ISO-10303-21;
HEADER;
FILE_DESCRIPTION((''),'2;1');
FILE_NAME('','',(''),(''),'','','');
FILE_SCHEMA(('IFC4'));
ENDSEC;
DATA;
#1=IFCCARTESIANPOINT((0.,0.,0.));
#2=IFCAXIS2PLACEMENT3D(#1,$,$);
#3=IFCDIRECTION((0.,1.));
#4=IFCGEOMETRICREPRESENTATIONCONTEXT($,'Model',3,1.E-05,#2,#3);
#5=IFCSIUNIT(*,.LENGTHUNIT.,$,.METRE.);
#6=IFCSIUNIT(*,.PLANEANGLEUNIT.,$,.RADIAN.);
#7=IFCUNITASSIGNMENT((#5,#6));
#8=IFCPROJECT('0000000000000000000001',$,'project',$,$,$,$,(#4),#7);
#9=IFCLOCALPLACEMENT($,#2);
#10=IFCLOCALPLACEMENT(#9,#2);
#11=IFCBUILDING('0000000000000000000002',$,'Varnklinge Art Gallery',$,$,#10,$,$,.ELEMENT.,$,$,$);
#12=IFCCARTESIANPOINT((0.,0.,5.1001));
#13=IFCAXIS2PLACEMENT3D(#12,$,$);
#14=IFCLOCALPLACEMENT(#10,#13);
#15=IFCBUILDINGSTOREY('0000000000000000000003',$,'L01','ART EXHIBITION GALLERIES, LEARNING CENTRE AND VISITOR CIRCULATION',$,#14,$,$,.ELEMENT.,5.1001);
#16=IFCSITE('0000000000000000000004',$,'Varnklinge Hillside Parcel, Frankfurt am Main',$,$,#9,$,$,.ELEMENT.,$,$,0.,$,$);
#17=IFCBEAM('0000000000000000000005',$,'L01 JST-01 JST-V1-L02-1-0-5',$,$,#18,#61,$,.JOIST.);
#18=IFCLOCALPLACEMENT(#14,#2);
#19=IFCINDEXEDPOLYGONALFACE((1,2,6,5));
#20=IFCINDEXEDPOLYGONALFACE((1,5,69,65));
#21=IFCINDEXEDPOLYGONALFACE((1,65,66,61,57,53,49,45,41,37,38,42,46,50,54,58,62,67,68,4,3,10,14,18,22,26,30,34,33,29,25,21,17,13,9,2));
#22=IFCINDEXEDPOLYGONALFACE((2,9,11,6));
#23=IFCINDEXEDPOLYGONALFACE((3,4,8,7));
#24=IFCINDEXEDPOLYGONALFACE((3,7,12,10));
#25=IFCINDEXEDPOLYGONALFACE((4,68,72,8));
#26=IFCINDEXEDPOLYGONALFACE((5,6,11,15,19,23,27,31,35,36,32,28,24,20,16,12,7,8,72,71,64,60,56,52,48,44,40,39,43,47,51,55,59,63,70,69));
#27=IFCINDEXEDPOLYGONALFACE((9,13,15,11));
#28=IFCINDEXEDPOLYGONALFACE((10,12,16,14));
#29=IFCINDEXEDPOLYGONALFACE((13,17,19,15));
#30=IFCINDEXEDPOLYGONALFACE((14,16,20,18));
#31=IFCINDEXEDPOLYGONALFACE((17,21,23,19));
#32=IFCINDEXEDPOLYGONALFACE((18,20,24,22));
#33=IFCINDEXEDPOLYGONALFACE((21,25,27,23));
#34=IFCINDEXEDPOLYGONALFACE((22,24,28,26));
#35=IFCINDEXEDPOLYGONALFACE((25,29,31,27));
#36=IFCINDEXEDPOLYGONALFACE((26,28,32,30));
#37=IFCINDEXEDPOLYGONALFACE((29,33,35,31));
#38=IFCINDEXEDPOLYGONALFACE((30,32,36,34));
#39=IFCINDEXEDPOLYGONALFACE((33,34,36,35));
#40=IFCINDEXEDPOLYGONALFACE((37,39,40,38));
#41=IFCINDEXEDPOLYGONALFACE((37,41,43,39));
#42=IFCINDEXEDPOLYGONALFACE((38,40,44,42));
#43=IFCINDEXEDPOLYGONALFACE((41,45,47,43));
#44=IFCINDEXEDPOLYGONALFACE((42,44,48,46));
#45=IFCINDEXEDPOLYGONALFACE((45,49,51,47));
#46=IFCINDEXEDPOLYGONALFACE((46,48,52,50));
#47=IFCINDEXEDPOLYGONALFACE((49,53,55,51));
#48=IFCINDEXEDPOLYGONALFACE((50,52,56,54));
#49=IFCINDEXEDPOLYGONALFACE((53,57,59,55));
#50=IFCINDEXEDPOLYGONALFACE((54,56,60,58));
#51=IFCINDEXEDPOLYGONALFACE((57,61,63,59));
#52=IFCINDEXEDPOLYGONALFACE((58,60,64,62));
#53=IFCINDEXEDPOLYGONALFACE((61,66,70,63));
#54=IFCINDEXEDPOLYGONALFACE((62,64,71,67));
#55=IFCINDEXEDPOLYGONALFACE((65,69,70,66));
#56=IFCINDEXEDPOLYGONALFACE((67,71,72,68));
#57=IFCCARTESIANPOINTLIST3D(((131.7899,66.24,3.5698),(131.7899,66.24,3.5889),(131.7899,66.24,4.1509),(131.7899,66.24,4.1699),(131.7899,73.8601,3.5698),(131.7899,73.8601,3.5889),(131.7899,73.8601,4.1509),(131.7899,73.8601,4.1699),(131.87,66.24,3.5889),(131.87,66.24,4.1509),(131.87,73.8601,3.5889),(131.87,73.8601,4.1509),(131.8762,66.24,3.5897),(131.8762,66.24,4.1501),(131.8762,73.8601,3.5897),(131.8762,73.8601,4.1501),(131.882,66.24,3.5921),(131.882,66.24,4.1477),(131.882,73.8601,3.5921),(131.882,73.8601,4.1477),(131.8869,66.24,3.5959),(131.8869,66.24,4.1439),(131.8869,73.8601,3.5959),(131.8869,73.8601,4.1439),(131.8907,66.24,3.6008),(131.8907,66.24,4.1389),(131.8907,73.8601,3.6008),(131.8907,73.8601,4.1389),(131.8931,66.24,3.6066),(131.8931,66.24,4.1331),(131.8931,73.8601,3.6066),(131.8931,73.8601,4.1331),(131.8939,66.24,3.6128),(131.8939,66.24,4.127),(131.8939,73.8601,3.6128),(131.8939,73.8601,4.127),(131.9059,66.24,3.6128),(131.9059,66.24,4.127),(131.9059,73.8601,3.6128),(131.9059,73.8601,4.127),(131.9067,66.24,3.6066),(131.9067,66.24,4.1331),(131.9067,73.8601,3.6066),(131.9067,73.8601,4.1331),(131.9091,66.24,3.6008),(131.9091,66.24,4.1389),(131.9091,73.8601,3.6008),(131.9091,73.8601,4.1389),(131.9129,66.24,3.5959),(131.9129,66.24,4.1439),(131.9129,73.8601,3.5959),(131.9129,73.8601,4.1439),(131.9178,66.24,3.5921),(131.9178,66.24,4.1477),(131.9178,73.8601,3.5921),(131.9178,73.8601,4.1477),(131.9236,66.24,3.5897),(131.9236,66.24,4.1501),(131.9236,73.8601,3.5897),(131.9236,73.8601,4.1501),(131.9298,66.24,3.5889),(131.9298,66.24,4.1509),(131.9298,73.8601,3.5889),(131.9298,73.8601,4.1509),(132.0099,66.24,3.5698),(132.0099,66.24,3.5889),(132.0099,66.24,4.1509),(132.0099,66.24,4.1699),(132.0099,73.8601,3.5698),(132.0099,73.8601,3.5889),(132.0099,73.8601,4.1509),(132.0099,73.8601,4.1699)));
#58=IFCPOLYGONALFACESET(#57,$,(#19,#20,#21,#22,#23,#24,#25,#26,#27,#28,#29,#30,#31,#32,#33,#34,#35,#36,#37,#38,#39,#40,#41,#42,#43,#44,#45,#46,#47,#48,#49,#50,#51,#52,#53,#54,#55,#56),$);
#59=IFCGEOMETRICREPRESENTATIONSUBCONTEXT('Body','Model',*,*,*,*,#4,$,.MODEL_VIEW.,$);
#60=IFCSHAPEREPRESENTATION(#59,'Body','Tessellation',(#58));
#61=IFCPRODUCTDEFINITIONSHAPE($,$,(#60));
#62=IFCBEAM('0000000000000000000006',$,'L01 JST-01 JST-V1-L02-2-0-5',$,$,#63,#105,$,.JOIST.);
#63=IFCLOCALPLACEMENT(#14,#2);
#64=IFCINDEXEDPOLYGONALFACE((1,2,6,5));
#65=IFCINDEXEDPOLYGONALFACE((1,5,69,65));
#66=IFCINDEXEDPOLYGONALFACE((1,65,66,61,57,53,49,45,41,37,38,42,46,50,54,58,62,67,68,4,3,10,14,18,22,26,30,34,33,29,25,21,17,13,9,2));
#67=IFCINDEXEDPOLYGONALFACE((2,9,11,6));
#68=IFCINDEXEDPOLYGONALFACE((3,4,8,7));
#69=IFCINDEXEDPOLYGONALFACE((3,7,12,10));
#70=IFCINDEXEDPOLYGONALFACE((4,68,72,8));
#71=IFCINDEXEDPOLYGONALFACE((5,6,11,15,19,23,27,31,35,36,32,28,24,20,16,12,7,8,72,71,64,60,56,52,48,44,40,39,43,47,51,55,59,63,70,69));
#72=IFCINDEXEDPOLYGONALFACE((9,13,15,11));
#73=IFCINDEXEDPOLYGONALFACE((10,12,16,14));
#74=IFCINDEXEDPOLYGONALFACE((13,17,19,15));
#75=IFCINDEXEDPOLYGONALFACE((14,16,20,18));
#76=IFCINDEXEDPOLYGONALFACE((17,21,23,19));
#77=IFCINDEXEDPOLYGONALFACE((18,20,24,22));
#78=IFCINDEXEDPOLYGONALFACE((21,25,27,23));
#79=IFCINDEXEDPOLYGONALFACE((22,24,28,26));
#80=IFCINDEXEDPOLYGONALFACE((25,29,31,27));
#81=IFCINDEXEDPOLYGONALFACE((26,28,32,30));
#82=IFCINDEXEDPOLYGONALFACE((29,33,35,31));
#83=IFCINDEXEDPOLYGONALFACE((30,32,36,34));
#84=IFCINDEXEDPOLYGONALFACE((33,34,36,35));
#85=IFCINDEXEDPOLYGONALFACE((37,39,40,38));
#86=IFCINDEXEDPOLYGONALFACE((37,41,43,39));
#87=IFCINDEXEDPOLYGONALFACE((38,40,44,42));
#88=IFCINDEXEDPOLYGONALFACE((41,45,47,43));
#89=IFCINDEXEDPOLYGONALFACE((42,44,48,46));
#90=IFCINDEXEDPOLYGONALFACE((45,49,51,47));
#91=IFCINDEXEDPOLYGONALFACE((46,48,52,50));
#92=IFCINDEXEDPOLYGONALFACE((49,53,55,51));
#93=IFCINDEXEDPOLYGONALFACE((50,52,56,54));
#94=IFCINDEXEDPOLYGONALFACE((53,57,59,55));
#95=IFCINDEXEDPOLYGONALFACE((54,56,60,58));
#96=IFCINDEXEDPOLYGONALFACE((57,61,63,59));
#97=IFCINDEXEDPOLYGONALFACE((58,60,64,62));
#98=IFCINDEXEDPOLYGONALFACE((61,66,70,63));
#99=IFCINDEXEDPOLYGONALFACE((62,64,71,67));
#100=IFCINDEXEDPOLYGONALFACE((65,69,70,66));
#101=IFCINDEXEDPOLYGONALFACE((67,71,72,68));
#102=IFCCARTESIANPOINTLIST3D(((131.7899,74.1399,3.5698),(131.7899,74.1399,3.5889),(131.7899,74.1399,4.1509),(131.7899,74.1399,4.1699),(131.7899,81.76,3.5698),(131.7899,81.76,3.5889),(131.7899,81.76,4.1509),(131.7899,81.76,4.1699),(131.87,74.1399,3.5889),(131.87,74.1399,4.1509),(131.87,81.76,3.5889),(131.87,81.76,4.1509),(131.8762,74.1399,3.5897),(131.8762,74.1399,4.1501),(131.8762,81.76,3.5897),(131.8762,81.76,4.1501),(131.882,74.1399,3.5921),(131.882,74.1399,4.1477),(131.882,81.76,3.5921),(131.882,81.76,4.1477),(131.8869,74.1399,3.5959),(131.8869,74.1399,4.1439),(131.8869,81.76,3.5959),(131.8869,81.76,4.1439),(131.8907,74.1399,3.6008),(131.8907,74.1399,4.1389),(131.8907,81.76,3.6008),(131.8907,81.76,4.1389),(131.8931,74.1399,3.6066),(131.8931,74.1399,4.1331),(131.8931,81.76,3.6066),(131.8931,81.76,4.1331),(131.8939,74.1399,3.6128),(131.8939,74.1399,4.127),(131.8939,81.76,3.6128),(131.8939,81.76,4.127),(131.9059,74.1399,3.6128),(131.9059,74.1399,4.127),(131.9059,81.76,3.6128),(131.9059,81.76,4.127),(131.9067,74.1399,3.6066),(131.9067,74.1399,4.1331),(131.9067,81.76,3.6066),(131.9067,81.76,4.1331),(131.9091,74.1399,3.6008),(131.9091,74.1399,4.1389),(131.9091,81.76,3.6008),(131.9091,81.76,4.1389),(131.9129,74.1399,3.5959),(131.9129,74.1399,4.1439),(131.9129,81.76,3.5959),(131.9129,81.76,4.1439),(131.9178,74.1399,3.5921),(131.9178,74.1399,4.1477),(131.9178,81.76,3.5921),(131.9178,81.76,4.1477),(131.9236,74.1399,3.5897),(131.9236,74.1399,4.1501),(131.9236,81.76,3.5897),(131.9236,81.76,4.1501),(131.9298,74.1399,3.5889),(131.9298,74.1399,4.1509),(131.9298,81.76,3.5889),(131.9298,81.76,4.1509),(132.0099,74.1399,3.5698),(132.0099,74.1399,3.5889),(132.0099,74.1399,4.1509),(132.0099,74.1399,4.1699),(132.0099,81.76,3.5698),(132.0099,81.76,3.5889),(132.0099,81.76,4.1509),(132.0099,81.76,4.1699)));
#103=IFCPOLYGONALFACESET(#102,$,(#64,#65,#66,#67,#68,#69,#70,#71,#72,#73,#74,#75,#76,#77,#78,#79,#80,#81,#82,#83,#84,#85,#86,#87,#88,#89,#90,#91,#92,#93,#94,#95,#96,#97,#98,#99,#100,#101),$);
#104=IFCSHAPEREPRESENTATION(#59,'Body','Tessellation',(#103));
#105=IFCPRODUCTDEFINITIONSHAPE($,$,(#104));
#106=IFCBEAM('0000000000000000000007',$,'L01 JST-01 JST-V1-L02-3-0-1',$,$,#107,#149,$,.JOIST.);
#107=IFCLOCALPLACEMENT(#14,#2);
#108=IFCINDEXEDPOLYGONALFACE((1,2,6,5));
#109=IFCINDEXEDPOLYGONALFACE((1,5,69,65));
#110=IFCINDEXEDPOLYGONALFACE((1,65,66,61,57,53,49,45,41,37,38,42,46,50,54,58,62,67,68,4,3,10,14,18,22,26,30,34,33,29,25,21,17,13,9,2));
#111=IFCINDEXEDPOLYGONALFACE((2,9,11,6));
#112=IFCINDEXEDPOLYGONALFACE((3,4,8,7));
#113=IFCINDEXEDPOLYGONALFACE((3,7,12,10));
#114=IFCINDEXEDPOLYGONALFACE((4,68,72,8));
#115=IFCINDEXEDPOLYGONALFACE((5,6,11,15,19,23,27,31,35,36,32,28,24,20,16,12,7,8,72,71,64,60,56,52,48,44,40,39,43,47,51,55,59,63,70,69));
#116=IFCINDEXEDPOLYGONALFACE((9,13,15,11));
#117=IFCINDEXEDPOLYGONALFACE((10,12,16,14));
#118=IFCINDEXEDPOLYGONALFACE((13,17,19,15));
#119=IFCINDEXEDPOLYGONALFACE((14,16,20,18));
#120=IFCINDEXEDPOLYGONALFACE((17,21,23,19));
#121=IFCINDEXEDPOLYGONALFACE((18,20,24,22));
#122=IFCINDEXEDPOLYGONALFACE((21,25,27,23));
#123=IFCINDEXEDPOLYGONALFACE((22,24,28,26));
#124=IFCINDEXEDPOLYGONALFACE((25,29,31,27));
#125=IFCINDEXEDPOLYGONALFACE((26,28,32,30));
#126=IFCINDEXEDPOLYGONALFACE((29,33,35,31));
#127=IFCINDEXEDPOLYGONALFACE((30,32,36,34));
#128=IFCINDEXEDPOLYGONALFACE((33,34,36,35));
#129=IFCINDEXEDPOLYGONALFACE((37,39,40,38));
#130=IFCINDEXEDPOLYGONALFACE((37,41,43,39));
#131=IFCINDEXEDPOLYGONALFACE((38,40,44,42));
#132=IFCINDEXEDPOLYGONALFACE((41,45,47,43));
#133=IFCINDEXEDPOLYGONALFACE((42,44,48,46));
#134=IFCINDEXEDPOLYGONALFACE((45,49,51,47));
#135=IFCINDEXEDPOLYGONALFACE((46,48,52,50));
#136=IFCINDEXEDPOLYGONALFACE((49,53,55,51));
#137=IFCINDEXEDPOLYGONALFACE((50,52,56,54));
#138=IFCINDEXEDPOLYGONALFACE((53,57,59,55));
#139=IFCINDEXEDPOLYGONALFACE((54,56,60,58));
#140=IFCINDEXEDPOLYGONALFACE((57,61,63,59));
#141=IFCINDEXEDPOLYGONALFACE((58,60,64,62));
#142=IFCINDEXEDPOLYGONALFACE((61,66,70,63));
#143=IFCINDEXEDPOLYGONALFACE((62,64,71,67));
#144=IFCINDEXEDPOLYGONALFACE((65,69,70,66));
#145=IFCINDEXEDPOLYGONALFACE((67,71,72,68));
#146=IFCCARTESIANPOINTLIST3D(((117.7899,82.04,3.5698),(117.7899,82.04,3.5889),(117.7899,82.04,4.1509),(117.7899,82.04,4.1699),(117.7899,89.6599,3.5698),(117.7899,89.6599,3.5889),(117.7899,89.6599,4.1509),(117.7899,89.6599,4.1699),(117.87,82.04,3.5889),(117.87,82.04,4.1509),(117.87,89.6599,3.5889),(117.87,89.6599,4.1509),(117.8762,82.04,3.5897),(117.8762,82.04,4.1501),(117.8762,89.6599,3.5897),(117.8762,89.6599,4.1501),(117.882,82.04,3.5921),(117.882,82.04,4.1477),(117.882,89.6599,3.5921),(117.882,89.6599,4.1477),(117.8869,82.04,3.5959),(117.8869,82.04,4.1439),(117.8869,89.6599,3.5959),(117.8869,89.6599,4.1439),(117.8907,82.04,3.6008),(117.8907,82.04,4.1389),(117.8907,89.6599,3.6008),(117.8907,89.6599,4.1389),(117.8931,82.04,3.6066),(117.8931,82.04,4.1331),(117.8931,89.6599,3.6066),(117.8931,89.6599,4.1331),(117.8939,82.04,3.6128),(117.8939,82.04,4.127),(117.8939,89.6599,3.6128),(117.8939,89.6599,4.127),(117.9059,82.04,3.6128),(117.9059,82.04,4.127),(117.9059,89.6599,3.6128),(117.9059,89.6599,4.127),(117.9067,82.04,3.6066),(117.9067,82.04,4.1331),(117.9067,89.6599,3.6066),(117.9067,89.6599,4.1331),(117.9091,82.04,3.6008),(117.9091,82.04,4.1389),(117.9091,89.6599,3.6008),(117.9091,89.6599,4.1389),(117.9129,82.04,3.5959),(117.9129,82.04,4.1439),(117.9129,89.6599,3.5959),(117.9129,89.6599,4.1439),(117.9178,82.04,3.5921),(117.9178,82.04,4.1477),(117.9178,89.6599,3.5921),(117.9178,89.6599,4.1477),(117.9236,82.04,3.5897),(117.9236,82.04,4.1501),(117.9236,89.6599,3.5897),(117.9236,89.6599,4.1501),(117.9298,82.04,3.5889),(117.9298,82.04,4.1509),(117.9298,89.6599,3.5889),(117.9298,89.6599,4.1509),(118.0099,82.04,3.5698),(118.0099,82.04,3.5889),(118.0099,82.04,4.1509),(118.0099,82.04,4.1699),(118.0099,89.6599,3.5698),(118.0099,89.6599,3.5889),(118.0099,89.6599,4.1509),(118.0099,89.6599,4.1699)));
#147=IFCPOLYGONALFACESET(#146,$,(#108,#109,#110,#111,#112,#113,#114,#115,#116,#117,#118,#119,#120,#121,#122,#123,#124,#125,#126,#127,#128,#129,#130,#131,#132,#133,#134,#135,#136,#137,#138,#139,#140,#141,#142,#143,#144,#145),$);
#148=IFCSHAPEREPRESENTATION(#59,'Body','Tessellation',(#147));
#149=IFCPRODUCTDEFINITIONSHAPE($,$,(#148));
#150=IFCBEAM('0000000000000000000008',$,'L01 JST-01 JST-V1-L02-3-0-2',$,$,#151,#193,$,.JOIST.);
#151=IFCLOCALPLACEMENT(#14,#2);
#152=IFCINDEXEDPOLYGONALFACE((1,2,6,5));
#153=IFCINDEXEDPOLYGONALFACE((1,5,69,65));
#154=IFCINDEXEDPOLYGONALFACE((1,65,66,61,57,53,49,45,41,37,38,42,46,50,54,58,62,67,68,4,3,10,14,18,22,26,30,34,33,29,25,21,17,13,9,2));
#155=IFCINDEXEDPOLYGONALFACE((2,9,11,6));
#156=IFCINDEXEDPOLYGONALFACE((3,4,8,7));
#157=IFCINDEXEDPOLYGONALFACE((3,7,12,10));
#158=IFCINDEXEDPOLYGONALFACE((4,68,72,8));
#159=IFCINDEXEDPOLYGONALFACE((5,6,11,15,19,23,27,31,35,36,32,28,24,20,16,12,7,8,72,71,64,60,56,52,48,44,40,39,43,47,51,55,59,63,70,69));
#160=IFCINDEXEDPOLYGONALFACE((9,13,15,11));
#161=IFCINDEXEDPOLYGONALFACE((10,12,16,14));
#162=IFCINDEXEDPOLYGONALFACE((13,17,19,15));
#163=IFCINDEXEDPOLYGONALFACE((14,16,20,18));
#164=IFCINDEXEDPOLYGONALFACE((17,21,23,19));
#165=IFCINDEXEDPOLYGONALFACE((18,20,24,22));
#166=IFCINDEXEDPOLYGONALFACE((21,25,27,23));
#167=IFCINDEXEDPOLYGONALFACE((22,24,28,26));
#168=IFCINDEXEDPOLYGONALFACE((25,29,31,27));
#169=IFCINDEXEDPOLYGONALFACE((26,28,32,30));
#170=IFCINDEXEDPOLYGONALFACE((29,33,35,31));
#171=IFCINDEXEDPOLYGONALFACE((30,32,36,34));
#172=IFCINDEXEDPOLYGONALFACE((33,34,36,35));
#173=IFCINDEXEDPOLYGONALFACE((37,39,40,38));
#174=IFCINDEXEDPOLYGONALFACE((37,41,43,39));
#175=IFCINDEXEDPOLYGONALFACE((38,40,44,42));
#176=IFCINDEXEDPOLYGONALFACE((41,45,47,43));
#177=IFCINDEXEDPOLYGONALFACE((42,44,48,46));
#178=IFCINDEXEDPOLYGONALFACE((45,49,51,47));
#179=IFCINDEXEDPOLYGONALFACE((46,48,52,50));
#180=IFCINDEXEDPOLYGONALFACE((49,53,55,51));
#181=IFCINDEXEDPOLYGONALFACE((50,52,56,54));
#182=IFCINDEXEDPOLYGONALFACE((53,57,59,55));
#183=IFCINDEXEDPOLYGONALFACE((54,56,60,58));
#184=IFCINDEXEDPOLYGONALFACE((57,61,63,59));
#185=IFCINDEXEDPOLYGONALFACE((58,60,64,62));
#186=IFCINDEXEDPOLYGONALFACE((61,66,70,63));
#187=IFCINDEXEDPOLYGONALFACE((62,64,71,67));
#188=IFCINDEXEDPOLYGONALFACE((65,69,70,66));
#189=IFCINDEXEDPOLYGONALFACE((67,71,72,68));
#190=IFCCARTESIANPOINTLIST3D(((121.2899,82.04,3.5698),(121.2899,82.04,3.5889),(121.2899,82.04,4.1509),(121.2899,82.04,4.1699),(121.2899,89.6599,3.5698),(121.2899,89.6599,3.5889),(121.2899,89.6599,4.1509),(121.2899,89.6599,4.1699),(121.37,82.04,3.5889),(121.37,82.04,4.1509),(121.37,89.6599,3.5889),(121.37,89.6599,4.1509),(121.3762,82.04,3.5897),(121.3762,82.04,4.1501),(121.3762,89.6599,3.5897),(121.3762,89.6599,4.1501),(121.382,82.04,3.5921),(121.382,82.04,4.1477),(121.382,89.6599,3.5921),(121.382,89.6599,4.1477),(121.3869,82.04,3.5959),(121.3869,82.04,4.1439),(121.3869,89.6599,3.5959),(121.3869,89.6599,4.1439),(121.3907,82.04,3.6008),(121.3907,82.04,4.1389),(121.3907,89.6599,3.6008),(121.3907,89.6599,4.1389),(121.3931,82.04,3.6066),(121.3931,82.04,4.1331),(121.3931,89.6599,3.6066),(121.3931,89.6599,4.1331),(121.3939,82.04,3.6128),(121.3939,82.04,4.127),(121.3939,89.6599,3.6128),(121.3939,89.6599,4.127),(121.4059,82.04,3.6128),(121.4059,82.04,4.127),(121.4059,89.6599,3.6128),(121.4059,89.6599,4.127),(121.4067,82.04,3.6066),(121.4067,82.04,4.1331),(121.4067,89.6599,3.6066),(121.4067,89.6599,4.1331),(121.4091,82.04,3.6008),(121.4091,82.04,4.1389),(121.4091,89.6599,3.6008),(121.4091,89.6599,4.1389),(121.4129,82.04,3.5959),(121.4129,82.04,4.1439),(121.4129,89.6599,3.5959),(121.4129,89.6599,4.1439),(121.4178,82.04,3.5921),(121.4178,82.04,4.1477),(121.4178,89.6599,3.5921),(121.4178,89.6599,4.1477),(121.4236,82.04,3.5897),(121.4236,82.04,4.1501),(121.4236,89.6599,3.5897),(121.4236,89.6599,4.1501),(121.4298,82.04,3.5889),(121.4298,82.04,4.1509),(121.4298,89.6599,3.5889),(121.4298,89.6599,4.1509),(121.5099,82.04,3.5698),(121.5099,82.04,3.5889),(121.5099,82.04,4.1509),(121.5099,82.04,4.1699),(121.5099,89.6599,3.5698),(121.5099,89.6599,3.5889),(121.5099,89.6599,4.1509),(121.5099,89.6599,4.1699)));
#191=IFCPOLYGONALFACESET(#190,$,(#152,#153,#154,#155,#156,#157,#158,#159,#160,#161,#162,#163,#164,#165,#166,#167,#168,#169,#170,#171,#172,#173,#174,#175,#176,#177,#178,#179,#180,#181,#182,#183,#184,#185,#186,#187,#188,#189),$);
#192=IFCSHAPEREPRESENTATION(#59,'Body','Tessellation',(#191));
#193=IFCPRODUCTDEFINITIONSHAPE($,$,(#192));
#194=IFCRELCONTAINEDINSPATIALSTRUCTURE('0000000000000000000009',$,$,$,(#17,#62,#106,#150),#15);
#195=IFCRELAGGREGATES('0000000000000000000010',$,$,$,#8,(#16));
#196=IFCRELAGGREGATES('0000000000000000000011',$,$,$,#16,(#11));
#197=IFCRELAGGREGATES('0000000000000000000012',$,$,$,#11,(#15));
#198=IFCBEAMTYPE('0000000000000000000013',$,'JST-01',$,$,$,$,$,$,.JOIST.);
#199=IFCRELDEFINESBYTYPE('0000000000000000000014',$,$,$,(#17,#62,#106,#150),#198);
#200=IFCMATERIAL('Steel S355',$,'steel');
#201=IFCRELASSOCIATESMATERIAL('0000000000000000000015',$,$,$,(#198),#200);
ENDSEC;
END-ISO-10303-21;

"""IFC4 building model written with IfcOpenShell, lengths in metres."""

from ifc_helpers import new_model, si_unit, direction, frame, origin, origin_2d, place, context, subcontext, project, spatial, i_section, extrude, material, material_profile, profile_set, type_object, element, save


model = new_model("IFC4")

# Units and contexts
model_context = context("Model", 3, precision=1e-05, world=origin(), true_north=direction((0.0, 1.0)))
body_context = subcontext(model_context, "Body", "Model", "MODEL_VIEW")
ifc_project = project(units=[si_unit("LENGTHUNIT", "METRE"), si_unit("PLANEANGLEUNIT", "RADIAN")], contexts=[model_context])

# Site, building, storey
site_placement = place(None, origin())
site = spatial("IfcSite", under=ifc_project, at=site_placement, Name="Varnklinge Hillside Parcel, Frankfurt am Main", CompositionType="ELEMENT", RefElevation=0.0)
building_placement = place(site_placement, origin())
building = spatial("IfcBuilding", under=site, at=building_placement, Name="Varnklinge Art Gallery", CompositionType="ELEMENT")
storey_placement = place(building_placement, frame((0.0, 0.0, 5.1001)))
storey = spatial("IfcBuildingStorey", under=building, at=storey_placement, Name="L01", Description="ART EXHIBITION GALLERIES, LEARNING CENTRE AND VISITOR CIRCULATION", CompositionType="ELEMENT", Elevation=5.1001)

# Beams
ifc_material_1 = material(Name="Steel S355", Category="steel")
ifc_material_profile_1 = material_profile(ifc_material_1, i_section(OverallWidth=0.22, OverallDepth=0.6001, WebThickness=0.012, FlangeThickness=0.019, FilletRadius=0.0239, at=origin_2d()), Name="IPE 600")
ifc_profile_set_1 = profile_set([ifc_material_profile_1], Name="Steel S355")
beam_type_1 = type_object("IfcBeamType", Name="JST-01", PredefinedType="JOIST", material=ifc_profile_set_1)
for number, where, z_axis, x_axis, name in (
    (1, (131.8999, 66.24, 3.8699), (0.0, 1.0, 0.0), (-1.0, 0.0, 0.0), "L01 JST-01 JST-V1-L02-1-0-5"),
    (2, (131.8999, 74.1399, 3.8699), (0.0, 1.0, 0.0), (-1.0, 0.0, 0.0), "L01 JST-01 JST-V1-L02-2-0-5"),
):
    element("IfcBeam", number, at=place(storey_placement, frame(where, z_axis=z_axis, x_axis=x_axis)), inside=storey, type_object=beam_type_1, Name=name, PredefinedType="JOIST", context=body_context, shape_type="SweptSolid", body=[
        extrude(i_section(OverallWidth=0.22, OverallDepth=0.6001, WebThickness=0.012, FlangeThickness=0.019, FilletRadius=0.0239, at=origin_2d()), origin(), (0.0, 0.0, 1.0), 7.6201),
    ])
for number, where, z_axis, x_axis, name in (
    (3, (117.8999, 82.04, 3.8699), (0.0, 1.0, 0.0), (-1.0, 0.0, 0.0), "L01 JST-01 JST-V1-L02-3-0-1"),
    (4, (121.3999, 82.04, 3.8699), (0.0, 1.0, 0.0), (-1.0, 0.0, 0.0), "L01 JST-01 JST-V1-L02-3-0-2"),
):
    element("IfcBeam", number, at=place(storey_placement, frame(where, z_axis=z_axis, x_axis=x_axis)), inside=storey, type_object=beam_type_1, Name=name, PredefinedType="JOIST", context=body_context, shape_type="SweptSolid", body=[
        extrude(i_section(OverallWidth=0.22, OverallDepth=0.6001, WebThickness=0.012, FlangeThickness=0.019, FilletRadius=0.0239, at=origin_2d()), origin(), (0.0, 0.0, 1.0), 7.6199),
    ])

save(model, "model.ifc")
